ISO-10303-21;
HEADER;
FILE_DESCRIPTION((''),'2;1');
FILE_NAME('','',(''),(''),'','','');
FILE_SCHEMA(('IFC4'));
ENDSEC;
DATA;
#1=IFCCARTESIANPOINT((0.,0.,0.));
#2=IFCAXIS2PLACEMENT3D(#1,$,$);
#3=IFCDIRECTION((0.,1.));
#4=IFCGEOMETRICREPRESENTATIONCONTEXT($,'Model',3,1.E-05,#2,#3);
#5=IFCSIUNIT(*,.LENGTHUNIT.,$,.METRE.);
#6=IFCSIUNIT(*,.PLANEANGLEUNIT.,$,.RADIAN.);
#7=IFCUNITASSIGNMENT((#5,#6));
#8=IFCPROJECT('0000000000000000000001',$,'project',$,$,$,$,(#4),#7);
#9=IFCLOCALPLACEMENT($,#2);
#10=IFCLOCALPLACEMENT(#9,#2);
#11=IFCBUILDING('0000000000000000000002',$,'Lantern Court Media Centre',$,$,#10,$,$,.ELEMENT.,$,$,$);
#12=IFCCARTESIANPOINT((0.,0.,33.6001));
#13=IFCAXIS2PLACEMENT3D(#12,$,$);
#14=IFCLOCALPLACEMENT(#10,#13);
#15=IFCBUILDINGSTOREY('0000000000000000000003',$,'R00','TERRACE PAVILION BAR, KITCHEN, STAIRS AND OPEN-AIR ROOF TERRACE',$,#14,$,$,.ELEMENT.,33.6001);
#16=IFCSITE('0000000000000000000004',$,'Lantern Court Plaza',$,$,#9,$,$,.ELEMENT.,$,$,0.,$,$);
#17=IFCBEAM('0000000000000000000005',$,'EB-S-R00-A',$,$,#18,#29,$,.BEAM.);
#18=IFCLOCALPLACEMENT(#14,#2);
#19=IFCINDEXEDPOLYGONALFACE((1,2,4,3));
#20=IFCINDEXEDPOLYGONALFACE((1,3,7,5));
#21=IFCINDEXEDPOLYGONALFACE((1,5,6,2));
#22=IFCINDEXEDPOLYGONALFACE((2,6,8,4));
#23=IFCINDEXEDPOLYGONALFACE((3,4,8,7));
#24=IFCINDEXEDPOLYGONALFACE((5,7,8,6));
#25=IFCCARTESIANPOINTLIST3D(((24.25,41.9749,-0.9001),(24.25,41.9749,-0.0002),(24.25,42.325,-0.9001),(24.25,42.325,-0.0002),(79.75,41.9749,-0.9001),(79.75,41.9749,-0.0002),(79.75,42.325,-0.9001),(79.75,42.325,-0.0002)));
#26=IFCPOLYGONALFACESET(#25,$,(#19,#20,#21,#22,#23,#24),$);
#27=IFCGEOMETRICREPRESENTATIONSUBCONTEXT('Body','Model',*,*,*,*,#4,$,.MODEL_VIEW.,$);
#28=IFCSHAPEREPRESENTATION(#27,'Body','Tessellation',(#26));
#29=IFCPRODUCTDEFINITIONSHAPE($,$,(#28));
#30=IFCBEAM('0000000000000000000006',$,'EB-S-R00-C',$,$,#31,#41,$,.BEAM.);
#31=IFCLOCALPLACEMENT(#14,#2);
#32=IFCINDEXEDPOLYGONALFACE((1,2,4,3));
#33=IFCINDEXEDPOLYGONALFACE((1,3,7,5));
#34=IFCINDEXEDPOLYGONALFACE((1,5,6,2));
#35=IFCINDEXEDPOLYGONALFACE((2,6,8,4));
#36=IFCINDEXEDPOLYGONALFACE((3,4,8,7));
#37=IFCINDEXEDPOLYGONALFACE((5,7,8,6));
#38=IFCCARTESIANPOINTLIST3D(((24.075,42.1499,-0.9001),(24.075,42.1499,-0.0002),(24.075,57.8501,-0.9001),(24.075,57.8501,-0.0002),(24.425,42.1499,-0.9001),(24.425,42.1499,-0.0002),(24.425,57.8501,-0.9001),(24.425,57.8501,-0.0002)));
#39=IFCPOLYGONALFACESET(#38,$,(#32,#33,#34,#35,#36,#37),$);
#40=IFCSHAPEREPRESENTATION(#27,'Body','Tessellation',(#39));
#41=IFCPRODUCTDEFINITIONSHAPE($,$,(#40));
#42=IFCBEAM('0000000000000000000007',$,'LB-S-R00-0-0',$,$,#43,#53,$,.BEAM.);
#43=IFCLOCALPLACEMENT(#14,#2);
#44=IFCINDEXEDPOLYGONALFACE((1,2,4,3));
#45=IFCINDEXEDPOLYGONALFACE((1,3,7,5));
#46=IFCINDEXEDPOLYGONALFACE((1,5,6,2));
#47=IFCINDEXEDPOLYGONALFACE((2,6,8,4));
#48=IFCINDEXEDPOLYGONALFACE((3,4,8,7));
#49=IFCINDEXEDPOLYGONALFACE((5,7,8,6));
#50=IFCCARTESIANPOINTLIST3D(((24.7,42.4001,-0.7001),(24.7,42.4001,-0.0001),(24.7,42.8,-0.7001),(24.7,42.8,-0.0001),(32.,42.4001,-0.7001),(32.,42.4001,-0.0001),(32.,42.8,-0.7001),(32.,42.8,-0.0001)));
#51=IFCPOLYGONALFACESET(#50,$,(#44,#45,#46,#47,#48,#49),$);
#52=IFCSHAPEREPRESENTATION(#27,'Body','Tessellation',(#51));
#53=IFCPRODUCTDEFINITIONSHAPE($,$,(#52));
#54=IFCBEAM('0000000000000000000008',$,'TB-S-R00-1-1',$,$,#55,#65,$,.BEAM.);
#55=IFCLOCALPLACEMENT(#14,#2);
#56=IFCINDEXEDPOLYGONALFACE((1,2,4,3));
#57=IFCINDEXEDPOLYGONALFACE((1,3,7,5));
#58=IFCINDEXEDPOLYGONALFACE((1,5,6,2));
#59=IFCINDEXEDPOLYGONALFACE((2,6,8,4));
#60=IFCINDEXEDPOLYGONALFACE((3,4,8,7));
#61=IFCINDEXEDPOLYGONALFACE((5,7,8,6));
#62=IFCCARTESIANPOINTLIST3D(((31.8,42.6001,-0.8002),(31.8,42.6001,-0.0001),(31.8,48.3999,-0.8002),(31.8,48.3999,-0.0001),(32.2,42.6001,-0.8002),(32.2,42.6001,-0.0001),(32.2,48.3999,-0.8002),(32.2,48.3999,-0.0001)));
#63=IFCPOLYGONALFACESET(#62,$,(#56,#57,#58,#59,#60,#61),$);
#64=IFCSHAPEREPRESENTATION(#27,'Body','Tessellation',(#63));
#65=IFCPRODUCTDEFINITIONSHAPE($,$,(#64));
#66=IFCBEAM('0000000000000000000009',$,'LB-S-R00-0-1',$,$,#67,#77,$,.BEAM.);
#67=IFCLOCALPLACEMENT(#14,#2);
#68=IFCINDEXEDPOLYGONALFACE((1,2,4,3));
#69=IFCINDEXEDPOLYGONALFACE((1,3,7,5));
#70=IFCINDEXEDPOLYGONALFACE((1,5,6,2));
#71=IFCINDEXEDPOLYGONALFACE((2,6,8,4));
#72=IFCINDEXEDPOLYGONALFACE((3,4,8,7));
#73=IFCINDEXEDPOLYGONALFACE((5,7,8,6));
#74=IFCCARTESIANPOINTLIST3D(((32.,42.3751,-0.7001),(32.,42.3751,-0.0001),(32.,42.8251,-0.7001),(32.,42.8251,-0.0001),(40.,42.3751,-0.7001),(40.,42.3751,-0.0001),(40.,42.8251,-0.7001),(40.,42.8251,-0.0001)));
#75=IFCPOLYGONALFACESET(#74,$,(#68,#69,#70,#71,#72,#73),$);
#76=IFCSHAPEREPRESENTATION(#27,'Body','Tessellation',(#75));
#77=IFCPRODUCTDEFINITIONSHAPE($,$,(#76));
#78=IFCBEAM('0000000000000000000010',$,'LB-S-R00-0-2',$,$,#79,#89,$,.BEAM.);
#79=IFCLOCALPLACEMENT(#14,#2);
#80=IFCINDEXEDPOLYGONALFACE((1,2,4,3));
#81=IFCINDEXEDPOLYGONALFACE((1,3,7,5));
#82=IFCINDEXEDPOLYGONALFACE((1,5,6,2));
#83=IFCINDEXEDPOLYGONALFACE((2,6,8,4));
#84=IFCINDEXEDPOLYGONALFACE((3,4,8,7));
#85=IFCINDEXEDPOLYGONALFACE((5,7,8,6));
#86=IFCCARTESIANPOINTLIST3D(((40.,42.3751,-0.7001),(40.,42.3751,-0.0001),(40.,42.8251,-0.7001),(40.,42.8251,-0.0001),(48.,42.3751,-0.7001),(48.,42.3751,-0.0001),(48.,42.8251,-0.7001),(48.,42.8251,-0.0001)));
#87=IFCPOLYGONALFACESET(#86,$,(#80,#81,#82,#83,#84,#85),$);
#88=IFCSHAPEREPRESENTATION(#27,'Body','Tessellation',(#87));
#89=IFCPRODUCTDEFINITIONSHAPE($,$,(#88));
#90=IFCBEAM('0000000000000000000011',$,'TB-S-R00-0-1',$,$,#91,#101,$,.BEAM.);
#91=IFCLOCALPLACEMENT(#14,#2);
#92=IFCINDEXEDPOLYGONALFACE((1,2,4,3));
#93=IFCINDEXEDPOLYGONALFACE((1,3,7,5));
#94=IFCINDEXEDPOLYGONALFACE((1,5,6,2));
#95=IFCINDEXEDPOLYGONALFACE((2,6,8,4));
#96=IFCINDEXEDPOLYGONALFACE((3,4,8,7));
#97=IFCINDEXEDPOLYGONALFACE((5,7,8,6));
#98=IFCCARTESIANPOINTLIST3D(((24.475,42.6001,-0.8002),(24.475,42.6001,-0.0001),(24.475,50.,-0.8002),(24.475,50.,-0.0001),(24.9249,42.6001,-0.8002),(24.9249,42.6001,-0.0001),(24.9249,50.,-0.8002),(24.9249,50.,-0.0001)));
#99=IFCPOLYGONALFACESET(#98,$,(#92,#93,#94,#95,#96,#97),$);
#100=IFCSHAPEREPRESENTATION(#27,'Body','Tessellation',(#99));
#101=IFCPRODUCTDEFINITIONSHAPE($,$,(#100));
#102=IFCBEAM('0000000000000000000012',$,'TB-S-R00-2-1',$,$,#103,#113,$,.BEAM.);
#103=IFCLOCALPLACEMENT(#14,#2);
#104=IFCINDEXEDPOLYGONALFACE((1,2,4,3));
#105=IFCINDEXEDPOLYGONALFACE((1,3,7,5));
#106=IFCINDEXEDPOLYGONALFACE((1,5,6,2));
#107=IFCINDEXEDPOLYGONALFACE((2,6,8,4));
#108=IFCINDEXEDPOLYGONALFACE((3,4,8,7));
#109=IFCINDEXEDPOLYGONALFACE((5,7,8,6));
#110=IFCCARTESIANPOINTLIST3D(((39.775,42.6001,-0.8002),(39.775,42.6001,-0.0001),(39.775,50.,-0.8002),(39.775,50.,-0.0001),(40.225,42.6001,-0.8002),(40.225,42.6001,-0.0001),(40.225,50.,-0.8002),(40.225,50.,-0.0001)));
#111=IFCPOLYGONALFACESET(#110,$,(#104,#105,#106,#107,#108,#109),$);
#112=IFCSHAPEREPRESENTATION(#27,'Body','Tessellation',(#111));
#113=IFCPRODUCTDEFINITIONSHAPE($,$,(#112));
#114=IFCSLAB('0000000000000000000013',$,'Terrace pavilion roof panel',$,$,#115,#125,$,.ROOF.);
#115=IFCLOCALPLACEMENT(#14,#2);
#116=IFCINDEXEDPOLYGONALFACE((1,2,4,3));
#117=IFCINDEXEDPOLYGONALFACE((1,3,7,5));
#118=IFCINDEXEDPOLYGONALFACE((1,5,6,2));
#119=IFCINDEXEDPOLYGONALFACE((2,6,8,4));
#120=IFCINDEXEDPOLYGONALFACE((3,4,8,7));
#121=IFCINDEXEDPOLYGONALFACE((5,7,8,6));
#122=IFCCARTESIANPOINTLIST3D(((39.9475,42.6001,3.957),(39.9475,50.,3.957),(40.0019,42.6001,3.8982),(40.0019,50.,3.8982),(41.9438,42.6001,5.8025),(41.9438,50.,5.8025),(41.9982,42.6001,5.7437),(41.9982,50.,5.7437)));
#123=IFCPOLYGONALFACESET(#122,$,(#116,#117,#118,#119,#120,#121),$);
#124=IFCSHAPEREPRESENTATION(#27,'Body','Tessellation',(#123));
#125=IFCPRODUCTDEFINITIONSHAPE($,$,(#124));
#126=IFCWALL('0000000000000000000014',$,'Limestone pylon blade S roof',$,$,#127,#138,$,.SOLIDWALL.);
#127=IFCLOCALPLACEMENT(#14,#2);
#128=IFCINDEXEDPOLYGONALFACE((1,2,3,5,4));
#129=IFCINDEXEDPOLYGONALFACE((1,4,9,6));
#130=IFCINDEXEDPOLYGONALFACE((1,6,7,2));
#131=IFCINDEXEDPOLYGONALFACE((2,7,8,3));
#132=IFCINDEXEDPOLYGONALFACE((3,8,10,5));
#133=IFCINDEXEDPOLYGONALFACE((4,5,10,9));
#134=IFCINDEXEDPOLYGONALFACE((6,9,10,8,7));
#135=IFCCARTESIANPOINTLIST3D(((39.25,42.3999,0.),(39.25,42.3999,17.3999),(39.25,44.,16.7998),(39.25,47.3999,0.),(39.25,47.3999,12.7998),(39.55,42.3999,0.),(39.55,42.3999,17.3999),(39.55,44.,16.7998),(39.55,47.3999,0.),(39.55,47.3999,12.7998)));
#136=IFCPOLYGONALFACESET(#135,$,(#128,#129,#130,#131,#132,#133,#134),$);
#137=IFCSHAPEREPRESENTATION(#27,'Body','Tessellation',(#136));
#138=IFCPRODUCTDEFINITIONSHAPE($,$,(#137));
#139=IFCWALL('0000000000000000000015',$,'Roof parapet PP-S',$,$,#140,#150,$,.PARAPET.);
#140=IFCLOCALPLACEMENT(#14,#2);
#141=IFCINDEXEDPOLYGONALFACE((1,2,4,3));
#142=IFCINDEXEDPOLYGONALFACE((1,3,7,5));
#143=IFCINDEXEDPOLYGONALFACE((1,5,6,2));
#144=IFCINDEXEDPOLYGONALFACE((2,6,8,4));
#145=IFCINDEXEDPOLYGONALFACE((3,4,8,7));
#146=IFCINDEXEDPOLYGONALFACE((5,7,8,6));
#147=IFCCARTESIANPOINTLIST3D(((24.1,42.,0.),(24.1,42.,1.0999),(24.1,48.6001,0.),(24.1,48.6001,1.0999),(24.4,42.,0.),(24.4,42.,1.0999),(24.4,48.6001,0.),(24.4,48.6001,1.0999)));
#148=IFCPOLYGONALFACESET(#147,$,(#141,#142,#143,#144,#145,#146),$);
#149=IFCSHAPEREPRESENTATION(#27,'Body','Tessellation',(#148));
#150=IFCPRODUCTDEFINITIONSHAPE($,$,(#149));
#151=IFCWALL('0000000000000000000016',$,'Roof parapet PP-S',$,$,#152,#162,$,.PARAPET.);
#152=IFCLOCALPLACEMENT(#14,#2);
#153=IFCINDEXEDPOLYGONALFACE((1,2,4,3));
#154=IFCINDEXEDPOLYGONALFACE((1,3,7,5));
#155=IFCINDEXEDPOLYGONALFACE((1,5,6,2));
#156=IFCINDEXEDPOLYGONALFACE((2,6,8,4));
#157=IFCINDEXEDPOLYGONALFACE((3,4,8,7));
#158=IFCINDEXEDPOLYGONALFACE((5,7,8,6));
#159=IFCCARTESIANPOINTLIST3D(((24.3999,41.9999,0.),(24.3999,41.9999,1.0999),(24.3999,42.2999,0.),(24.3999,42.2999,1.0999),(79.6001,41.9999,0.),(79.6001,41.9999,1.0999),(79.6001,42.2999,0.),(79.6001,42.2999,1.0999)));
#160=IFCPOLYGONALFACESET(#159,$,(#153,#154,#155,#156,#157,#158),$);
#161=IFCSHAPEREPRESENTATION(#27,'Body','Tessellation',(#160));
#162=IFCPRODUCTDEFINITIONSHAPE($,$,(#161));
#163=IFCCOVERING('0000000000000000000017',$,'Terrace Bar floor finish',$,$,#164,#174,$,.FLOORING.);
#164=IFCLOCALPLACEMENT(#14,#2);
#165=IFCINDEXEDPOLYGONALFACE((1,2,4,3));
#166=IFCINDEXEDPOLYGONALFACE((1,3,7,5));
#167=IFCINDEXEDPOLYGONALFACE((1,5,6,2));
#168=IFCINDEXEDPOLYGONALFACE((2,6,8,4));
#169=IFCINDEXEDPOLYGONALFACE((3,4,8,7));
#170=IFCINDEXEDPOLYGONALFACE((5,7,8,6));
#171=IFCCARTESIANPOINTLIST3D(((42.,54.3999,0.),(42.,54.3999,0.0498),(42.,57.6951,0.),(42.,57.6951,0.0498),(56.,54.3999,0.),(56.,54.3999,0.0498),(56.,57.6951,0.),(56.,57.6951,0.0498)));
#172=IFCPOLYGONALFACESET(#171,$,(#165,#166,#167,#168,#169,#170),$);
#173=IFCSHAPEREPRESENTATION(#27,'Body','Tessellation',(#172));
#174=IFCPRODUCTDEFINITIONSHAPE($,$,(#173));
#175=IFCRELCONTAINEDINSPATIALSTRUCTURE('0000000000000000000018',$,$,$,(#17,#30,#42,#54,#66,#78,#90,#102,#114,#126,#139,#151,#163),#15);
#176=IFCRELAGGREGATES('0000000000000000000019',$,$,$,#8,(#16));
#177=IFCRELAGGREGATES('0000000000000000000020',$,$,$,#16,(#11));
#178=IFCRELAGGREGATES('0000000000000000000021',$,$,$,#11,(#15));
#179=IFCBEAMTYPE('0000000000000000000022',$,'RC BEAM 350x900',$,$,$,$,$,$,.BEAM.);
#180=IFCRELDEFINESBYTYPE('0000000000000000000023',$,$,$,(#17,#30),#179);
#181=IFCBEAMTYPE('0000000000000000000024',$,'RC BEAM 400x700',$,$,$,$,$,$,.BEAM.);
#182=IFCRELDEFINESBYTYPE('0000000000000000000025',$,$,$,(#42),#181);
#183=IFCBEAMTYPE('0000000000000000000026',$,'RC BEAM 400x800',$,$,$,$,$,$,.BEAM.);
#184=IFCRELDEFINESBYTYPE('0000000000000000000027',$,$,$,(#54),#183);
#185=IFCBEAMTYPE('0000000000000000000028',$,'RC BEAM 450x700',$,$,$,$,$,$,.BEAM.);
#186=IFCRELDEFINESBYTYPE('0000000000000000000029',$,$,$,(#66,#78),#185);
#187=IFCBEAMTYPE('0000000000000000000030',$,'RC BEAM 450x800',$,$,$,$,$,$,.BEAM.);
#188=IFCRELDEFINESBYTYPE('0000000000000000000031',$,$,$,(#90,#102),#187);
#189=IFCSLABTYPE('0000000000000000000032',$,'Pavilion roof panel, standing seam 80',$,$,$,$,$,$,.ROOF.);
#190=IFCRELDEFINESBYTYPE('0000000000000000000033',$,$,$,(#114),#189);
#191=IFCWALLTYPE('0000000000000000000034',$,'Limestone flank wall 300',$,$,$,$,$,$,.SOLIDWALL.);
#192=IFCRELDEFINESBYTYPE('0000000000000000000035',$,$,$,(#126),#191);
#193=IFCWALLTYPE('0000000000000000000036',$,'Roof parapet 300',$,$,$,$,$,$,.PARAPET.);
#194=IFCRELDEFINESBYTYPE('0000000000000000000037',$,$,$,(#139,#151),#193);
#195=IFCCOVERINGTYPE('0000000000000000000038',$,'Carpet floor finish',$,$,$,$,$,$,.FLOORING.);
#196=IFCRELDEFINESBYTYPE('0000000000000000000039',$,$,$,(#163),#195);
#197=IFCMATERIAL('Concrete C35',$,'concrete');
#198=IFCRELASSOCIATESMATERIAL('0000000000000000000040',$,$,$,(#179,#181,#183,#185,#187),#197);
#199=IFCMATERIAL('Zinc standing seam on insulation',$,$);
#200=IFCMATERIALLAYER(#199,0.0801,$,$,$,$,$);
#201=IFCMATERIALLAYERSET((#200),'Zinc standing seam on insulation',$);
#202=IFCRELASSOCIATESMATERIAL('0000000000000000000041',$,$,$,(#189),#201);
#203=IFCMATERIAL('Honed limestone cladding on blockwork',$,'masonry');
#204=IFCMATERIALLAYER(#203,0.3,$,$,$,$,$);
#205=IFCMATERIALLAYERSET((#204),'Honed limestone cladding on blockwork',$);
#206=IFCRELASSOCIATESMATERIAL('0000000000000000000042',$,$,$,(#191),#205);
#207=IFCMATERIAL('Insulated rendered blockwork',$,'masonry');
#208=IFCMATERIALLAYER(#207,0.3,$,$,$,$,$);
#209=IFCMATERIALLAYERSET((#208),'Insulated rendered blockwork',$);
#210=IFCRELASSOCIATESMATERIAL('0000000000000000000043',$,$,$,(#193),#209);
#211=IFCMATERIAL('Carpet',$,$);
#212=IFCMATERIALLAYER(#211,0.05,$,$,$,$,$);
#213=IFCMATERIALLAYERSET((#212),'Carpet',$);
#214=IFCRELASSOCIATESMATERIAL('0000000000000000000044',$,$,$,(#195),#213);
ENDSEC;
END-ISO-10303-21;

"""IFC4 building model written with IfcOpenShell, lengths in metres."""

from ifc_helpers import new_model, si_unit, direction, frame, frame_2d, origin, origin_2d, place, context, subcontext, project, spatial, polyline, rectangle, outline, extrude, material, layer, layer_set, material_profile, profile_set, type_object, element, save


model = new_model("IFC4")

# Units and contexts
model_context = context("Model", 3, precision=1e-05, world=origin(), true_north=direction((0.0, 1.0)))
body_context = subcontext(model_context, "Body", "Model", "MODEL_VIEW")
ifc_project = project(units=[si_unit("LENGTHUNIT", "METRE"), si_unit("PLANEANGLEUNIT", "RADIAN")], contexts=[model_context])

# Site, building, storey
site_placement = place(None, origin())
site = spatial("IfcSite", under=ifc_project, at=site_placement, Name="Lantern Court Plaza", CompositionType="ELEMENT", RefElevation=0.0)
building_placement = place(site_placement, origin())
building = spatial("IfcBuilding", under=site, at=building_placement, Name="Lantern Court Media Centre", CompositionType="ELEMENT")
storey_placement = place(building_placement, frame((0.0, 0.0, 33.6001)))
storey = spatial("IfcBuildingStorey", under=building, at=storey_placement, Name="R00", Description="TERRACE PAVILION BAR, KITCHEN, STAIRS AND OPEN-AIR ROOF TERRACE", CompositionType="ELEMENT", Elevation=33.6001)

# Beams
ifc_material_1 = material(Name="Concrete C35", Category="concrete")
ifc_material_profile_1 = material_profile(ifc_material_1, rectangle(XDim=0.3501, YDim=0.8999, at=origin_2d()), Name="RC 350x900")
ifc_profile_set_1 = profile_set([ifc_material_profile_1], Name="Concrete C35")
beam_type_1 = type_object("IfcBeamType", Name="RC BEAM 350x900", PredefinedType="BEAM", material=ifc_profile_set_1)
beam_1_placement = place(storey_placement, frame((24.25, 42.1499, -0.4502), z_axis=(1.0, 0.0, 0.0), x_axis=(0.0, 1.0, 0.0)))
element("IfcBeam", 1, at=beam_1_placement, inside=storey, type_object=beam_type_1, Name="EB-S-R00-A", PredefinedType="BEAM", context=body_context, shape_type="SweptSolid", body=[
    extrude(rectangle(XDim=0.3501, YDim=0.8999, at=origin_2d()), origin(), (0.0, 0.0, 1.0), 55.5),
])
beam_2_placement = place(storey_placement, frame((24.25, 42.1499, -0.4502), z_axis=(0.0, 1.0, 0.0), x_axis=(-1.0, 0.0, 0.0)))
element("IfcBeam", 2, at=beam_2_placement, inside=storey, type_object=beam_type_1, Name="EB-S-R00-C", PredefinedType="BEAM", context=body_context, shape_type="SweptSolid", body=[
    extrude(rectangle(XDim=0.3501, YDim=0.8999, at=origin_2d()), origin(), (0.0, 0.0, 1.0), 15.7002),
])
ifc_material_profile_2 = material_profile(ifc_material_1, rectangle(XDim=0.3999, YDim=0.7, at=origin_2d()), Name="RC 400x700")
ifc_profile_set_2 = profile_set([ifc_material_profile_2], Name="Concrete C35")
beam_type_2 = type_object("IfcBeamType", Name="RC BEAM 400x700", PredefinedType="BEAM", material=ifc_profile_set_2)
beam_3_placement = place(storey_placement, frame((24.7, 42.6001, -0.3501), z_axis=(1.0, 0.0, 0.0), x_axis=(0.0, 1.0, 0.0)))
element("IfcBeam", 3, at=beam_3_placement, inside=storey, type_object=beam_type_2, Name="LB-S-R00-0-0", PredefinedType="BEAM", context=body_context, shape_type="SweptSolid", body=[
    extrude(rectangle(XDim=0.3999, YDim=0.7, at=origin_2d()), origin(), (0.0, 0.0, 1.0), 7.3),
])
ifc_material_profile_3 = material_profile(ifc_material_1, rectangle(XDim=0.3999, YDim=0.8, at=origin_2d()), Name="RC 400x800")
ifc_profile_set_3 = profile_set([ifc_material_profile_3], Name="Concrete C35")
beam_type_3 = type_object("IfcBeamType", Name="RC BEAM 400x800", PredefinedType="BEAM", material=ifc_profile_set_3)
beam_4_placement = place(storey_placement, frame((32.0, 42.6001, -0.4001), z_axis=(0.0, 1.0, 0.0), x_axis=(-1.0, 0.0, 0.0)))
element("IfcBeam", 4, at=beam_4_placement, inside=storey, type_object=beam_type_3, Name="TB-S-R00-1-1", PredefinedType="BEAM", context=body_context, shape_type="SweptSolid", body=[
    extrude(rectangle(XDim=0.3999, YDim=0.8, at=origin_2d()), origin(), (0.0, 0.0, 1.0), 5.7998),
])
ifc_material_profile_4 = material_profile(ifc_material_1, rectangle(XDim=0.45, YDim=0.7, at=origin_2d()), Name="RC 450x700")
ifc_profile_set_4 = profile_set([ifc_material_profile_4], Name="Concrete C35")
beam_type_4 = type_object("IfcBeamType", Name="RC BEAM 450x700", PredefinedType="BEAM", material=ifc_profile_set_4)
for number, where, z_axis, x_axis, name in (
    (5, (32.0, 42.6001, -0.3501), (1.0, 0.0, 0.0), (0.0, 1.0, 0.0), "LB-S-R00-0-1"),
    (6, (40.0, 42.6001, -0.3501), (1.0, 0.0, 0.0), (0.0, 1.0, 0.0), "LB-S-R00-0-2"),
):
    element("IfcBeam", number, at=place(storey_placement, frame(where, z_axis=z_axis, x_axis=x_axis)), inside=storey, type_object=beam_type_4, Name=name, PredefinedType="BEAM", context=body_context, shape_type="SweptSolid", body=[
        extrude(rectangle(XDim=0.45, YDim=0.7, at=origin_2d()), origin(), (0.0, 0.0, 1.0), 8.0),
    ])
ifc_material_profile_5 = material_profile(ifc_material_1, rectangle(XDim=0.45, YDim=0.8, at=origin_2d()), Name="RC 450x800")
ifc_profile_set_5 = profile_set([ifc_material_profile_5], Name="Concrete C35")
beam_type_5 = type_object("IfcBeamType", Name="RC BEAM 450x800", PredefinedType="BEAM", material=ifc_profile_set_5)
for number, where, z_axis, x_axis, name in (
    (7, (24.7, 42.6001, -0.4001), (0.0, 1.0, 0.0), (-1.0, 0.0, 0.0), "TB-S-R00-0-1"),
    (8, (40.0, 42.6001, -0.4001), (0.0, 1.0, 0.0), (-1.0, 0.0, 0.0), "TB-S-R00-2-1"),
):
    element("IfcBeam", number, at=place(storey_placement, frame(where, z_axis=z_axis, x_axis=x_axis)), inside=storey, type_object=beam_type_5, Name=name, PredefinedType="BEAM", context=body_context, shape_type="SweptSolid", body=[
        extrude(rectangle(XDim=0.45, YDim=0.8, at=origin_2d()), origin(), (0.0, 0.0, 1.0), 7.3999),
    ])

# Slab
ifc_material_2 = material(Name="Zinc standing seam on insulation")
ifc_layer_1 = layer(ifc_material_2, 0.0801)
ifc_layer_set_1 = layer_set([ifc_layer_1], Name="Zinc standing seam on insulation")
slab_type = type_object("IfcSlabType", Name="Pavilion roof panel, standing seam 80", PredefinedType="ROOF", material=ifc_layer_set_1)
slab_placement = place(storey_placement, frame((39.9475, 42.6001, 3.957), z_axis=(-0.678813, 0.0, 0.734311), x_axis=(0.734311, 0.0, 0.678813)))
element("IfcSlab", 9, at=slab_placement, inside=storey, type_object=slab_type, Name="Terrace pavilion roof panel", PredefinedType="ROOF", context=body_context, shape_type="SweptSolid", body=[
    extrude(outline(polyline([(0.0, 0.0), (2.7187, 0.0), (2.7187, 7.3999), (0.0, 7.3999), (0.0, 0.0)])), origin(), (0.0, 0.0, -1.0), 0.0801),
])

# Walls
ifc_material_3 = material(Name="Honed limestone cladding on blockwork", Category="masonry")
ifc_layer_2 = layer(ifc_material_3, 0.3)
ifc_layer_set_2 = layer_set([ifc_layer_2], Name="Honed limestone cladding on blockwork")
wall_type_1 = type_object("IfcWallType", Name="Limestone flank wall 300", PredefinedType="SOLIDWALL", material=ifc_layer_set_2)
wall_1_placement = place(storey_placement, frame((39.3999, 42.3999, 0.0), z_axis=(0.0, 0.0, 1.0), x_axis=(0.0, 1.0, 0.0)))
element("IfcWall", 10, at=wall_1_placement, inside=storey, type_object=wall_type_1, Name="Limestone pylon blade S roof", PredefinedType="SOLIDWALL", context=body_context, shape_type="SweptSolid", body=[
    extrude(outline(polyline([(0.0, 0.0), (5.0, 0.0), (5.0, 12.7998), (1.6001, 16.7998), (0.0, 17.3999), (0.0, 0.0)])), frame((0.0, 0.1499, 0.0), z_axis=(0.0, -1.0, 0.0), x_axis=(1.0, 0.0, 0.0)), (0.0, 0.0, 1.0), 0.3),
])
ifc_material_4 = material(Name="Insulated rendered blockwork", Category="masonry")
ifc_layer_3 = layer(ifc_material_4, 0.3)
ifc_layer_set_3 = layer_set([ifc_layer_3], Name="Insulated rendered blockwork")
wall_type_2 = type_object("IfcWallType", Name="Roof parapet 300", PredefinedType="PARAPET", material=ifc_layer_set_3)
wall_2_placement = place(storey_placement, frame((24.25, 42.0, 0.0), z_axis=(0.0, 0.0, 1.0), x_axis=(0.0, 1.0, 0.0)))
element("IfcWall", 11, at=wall_2_placement, inside=storey, type_object=wall_type_2, Name="Roof parapet PP-S", PredefinedType="PARAPET", context=body_context, shape_type="SweptSolid", body=[
    extrude(rectangle(XDim=6.6001, YDim=0.3, at=frame_2d((3.3, 0.0))), origin(), (0.0, 0.0, 1.0), 1.0999),
])
wall_3_placement = place(storey_placement, frame((24.3999, 42.1499, 0.0), z_axis=(0.0, 0.0, 1.0), x_axis=(1.0, 0.0, 0.0)))
element("IfcWall", 12, at=wall_3_placement, inside=storey, type_object=wall_type_2, Name="Roof parapet PP-S", PredefinedType="PARAPET", context=body_context, shape_type="SweptSolid", body=[
    extrude(rectangle(XDim=55.2002, YDim=0.3, at=frame_2d((27.6001, 0.0))), origin(), (0.0, 0.0, 1.0), 1.0999),
])

# Covering
ifc_material_5 = material(Name="Carpet")
ifc_layer_4 = layer(ifc_material_5, 0.05)
ifc_layer_set_4 = layer_set([ifc_layer_4], Name="Carpet")
covering_type_1 = type_object("IfcCoveringType", Name="Carpet floor finish", PredefinedType="FLOORING", material=ifc_layer_set_4)
covering_1_placement = place(storey_placement, origin())
element("IfcCovering", 13, at=covering_1_placement, inside=storey, type_object=covering_type_1, Name="Terrace Bar floor finish", PredefinedType="FLOORING", context=body_context, shape_type="SweptSolid", body=[
    extrude(outline(polyline([(56.0, 54.3999), (42.0, 54.3999), (42.0, 57.6951), (56.0, 57.6951), (56.0, 54.3999)])), origin(), (0.0, 0.0, 1.0), 0.0498),
])

save(model, "model.ifc")
